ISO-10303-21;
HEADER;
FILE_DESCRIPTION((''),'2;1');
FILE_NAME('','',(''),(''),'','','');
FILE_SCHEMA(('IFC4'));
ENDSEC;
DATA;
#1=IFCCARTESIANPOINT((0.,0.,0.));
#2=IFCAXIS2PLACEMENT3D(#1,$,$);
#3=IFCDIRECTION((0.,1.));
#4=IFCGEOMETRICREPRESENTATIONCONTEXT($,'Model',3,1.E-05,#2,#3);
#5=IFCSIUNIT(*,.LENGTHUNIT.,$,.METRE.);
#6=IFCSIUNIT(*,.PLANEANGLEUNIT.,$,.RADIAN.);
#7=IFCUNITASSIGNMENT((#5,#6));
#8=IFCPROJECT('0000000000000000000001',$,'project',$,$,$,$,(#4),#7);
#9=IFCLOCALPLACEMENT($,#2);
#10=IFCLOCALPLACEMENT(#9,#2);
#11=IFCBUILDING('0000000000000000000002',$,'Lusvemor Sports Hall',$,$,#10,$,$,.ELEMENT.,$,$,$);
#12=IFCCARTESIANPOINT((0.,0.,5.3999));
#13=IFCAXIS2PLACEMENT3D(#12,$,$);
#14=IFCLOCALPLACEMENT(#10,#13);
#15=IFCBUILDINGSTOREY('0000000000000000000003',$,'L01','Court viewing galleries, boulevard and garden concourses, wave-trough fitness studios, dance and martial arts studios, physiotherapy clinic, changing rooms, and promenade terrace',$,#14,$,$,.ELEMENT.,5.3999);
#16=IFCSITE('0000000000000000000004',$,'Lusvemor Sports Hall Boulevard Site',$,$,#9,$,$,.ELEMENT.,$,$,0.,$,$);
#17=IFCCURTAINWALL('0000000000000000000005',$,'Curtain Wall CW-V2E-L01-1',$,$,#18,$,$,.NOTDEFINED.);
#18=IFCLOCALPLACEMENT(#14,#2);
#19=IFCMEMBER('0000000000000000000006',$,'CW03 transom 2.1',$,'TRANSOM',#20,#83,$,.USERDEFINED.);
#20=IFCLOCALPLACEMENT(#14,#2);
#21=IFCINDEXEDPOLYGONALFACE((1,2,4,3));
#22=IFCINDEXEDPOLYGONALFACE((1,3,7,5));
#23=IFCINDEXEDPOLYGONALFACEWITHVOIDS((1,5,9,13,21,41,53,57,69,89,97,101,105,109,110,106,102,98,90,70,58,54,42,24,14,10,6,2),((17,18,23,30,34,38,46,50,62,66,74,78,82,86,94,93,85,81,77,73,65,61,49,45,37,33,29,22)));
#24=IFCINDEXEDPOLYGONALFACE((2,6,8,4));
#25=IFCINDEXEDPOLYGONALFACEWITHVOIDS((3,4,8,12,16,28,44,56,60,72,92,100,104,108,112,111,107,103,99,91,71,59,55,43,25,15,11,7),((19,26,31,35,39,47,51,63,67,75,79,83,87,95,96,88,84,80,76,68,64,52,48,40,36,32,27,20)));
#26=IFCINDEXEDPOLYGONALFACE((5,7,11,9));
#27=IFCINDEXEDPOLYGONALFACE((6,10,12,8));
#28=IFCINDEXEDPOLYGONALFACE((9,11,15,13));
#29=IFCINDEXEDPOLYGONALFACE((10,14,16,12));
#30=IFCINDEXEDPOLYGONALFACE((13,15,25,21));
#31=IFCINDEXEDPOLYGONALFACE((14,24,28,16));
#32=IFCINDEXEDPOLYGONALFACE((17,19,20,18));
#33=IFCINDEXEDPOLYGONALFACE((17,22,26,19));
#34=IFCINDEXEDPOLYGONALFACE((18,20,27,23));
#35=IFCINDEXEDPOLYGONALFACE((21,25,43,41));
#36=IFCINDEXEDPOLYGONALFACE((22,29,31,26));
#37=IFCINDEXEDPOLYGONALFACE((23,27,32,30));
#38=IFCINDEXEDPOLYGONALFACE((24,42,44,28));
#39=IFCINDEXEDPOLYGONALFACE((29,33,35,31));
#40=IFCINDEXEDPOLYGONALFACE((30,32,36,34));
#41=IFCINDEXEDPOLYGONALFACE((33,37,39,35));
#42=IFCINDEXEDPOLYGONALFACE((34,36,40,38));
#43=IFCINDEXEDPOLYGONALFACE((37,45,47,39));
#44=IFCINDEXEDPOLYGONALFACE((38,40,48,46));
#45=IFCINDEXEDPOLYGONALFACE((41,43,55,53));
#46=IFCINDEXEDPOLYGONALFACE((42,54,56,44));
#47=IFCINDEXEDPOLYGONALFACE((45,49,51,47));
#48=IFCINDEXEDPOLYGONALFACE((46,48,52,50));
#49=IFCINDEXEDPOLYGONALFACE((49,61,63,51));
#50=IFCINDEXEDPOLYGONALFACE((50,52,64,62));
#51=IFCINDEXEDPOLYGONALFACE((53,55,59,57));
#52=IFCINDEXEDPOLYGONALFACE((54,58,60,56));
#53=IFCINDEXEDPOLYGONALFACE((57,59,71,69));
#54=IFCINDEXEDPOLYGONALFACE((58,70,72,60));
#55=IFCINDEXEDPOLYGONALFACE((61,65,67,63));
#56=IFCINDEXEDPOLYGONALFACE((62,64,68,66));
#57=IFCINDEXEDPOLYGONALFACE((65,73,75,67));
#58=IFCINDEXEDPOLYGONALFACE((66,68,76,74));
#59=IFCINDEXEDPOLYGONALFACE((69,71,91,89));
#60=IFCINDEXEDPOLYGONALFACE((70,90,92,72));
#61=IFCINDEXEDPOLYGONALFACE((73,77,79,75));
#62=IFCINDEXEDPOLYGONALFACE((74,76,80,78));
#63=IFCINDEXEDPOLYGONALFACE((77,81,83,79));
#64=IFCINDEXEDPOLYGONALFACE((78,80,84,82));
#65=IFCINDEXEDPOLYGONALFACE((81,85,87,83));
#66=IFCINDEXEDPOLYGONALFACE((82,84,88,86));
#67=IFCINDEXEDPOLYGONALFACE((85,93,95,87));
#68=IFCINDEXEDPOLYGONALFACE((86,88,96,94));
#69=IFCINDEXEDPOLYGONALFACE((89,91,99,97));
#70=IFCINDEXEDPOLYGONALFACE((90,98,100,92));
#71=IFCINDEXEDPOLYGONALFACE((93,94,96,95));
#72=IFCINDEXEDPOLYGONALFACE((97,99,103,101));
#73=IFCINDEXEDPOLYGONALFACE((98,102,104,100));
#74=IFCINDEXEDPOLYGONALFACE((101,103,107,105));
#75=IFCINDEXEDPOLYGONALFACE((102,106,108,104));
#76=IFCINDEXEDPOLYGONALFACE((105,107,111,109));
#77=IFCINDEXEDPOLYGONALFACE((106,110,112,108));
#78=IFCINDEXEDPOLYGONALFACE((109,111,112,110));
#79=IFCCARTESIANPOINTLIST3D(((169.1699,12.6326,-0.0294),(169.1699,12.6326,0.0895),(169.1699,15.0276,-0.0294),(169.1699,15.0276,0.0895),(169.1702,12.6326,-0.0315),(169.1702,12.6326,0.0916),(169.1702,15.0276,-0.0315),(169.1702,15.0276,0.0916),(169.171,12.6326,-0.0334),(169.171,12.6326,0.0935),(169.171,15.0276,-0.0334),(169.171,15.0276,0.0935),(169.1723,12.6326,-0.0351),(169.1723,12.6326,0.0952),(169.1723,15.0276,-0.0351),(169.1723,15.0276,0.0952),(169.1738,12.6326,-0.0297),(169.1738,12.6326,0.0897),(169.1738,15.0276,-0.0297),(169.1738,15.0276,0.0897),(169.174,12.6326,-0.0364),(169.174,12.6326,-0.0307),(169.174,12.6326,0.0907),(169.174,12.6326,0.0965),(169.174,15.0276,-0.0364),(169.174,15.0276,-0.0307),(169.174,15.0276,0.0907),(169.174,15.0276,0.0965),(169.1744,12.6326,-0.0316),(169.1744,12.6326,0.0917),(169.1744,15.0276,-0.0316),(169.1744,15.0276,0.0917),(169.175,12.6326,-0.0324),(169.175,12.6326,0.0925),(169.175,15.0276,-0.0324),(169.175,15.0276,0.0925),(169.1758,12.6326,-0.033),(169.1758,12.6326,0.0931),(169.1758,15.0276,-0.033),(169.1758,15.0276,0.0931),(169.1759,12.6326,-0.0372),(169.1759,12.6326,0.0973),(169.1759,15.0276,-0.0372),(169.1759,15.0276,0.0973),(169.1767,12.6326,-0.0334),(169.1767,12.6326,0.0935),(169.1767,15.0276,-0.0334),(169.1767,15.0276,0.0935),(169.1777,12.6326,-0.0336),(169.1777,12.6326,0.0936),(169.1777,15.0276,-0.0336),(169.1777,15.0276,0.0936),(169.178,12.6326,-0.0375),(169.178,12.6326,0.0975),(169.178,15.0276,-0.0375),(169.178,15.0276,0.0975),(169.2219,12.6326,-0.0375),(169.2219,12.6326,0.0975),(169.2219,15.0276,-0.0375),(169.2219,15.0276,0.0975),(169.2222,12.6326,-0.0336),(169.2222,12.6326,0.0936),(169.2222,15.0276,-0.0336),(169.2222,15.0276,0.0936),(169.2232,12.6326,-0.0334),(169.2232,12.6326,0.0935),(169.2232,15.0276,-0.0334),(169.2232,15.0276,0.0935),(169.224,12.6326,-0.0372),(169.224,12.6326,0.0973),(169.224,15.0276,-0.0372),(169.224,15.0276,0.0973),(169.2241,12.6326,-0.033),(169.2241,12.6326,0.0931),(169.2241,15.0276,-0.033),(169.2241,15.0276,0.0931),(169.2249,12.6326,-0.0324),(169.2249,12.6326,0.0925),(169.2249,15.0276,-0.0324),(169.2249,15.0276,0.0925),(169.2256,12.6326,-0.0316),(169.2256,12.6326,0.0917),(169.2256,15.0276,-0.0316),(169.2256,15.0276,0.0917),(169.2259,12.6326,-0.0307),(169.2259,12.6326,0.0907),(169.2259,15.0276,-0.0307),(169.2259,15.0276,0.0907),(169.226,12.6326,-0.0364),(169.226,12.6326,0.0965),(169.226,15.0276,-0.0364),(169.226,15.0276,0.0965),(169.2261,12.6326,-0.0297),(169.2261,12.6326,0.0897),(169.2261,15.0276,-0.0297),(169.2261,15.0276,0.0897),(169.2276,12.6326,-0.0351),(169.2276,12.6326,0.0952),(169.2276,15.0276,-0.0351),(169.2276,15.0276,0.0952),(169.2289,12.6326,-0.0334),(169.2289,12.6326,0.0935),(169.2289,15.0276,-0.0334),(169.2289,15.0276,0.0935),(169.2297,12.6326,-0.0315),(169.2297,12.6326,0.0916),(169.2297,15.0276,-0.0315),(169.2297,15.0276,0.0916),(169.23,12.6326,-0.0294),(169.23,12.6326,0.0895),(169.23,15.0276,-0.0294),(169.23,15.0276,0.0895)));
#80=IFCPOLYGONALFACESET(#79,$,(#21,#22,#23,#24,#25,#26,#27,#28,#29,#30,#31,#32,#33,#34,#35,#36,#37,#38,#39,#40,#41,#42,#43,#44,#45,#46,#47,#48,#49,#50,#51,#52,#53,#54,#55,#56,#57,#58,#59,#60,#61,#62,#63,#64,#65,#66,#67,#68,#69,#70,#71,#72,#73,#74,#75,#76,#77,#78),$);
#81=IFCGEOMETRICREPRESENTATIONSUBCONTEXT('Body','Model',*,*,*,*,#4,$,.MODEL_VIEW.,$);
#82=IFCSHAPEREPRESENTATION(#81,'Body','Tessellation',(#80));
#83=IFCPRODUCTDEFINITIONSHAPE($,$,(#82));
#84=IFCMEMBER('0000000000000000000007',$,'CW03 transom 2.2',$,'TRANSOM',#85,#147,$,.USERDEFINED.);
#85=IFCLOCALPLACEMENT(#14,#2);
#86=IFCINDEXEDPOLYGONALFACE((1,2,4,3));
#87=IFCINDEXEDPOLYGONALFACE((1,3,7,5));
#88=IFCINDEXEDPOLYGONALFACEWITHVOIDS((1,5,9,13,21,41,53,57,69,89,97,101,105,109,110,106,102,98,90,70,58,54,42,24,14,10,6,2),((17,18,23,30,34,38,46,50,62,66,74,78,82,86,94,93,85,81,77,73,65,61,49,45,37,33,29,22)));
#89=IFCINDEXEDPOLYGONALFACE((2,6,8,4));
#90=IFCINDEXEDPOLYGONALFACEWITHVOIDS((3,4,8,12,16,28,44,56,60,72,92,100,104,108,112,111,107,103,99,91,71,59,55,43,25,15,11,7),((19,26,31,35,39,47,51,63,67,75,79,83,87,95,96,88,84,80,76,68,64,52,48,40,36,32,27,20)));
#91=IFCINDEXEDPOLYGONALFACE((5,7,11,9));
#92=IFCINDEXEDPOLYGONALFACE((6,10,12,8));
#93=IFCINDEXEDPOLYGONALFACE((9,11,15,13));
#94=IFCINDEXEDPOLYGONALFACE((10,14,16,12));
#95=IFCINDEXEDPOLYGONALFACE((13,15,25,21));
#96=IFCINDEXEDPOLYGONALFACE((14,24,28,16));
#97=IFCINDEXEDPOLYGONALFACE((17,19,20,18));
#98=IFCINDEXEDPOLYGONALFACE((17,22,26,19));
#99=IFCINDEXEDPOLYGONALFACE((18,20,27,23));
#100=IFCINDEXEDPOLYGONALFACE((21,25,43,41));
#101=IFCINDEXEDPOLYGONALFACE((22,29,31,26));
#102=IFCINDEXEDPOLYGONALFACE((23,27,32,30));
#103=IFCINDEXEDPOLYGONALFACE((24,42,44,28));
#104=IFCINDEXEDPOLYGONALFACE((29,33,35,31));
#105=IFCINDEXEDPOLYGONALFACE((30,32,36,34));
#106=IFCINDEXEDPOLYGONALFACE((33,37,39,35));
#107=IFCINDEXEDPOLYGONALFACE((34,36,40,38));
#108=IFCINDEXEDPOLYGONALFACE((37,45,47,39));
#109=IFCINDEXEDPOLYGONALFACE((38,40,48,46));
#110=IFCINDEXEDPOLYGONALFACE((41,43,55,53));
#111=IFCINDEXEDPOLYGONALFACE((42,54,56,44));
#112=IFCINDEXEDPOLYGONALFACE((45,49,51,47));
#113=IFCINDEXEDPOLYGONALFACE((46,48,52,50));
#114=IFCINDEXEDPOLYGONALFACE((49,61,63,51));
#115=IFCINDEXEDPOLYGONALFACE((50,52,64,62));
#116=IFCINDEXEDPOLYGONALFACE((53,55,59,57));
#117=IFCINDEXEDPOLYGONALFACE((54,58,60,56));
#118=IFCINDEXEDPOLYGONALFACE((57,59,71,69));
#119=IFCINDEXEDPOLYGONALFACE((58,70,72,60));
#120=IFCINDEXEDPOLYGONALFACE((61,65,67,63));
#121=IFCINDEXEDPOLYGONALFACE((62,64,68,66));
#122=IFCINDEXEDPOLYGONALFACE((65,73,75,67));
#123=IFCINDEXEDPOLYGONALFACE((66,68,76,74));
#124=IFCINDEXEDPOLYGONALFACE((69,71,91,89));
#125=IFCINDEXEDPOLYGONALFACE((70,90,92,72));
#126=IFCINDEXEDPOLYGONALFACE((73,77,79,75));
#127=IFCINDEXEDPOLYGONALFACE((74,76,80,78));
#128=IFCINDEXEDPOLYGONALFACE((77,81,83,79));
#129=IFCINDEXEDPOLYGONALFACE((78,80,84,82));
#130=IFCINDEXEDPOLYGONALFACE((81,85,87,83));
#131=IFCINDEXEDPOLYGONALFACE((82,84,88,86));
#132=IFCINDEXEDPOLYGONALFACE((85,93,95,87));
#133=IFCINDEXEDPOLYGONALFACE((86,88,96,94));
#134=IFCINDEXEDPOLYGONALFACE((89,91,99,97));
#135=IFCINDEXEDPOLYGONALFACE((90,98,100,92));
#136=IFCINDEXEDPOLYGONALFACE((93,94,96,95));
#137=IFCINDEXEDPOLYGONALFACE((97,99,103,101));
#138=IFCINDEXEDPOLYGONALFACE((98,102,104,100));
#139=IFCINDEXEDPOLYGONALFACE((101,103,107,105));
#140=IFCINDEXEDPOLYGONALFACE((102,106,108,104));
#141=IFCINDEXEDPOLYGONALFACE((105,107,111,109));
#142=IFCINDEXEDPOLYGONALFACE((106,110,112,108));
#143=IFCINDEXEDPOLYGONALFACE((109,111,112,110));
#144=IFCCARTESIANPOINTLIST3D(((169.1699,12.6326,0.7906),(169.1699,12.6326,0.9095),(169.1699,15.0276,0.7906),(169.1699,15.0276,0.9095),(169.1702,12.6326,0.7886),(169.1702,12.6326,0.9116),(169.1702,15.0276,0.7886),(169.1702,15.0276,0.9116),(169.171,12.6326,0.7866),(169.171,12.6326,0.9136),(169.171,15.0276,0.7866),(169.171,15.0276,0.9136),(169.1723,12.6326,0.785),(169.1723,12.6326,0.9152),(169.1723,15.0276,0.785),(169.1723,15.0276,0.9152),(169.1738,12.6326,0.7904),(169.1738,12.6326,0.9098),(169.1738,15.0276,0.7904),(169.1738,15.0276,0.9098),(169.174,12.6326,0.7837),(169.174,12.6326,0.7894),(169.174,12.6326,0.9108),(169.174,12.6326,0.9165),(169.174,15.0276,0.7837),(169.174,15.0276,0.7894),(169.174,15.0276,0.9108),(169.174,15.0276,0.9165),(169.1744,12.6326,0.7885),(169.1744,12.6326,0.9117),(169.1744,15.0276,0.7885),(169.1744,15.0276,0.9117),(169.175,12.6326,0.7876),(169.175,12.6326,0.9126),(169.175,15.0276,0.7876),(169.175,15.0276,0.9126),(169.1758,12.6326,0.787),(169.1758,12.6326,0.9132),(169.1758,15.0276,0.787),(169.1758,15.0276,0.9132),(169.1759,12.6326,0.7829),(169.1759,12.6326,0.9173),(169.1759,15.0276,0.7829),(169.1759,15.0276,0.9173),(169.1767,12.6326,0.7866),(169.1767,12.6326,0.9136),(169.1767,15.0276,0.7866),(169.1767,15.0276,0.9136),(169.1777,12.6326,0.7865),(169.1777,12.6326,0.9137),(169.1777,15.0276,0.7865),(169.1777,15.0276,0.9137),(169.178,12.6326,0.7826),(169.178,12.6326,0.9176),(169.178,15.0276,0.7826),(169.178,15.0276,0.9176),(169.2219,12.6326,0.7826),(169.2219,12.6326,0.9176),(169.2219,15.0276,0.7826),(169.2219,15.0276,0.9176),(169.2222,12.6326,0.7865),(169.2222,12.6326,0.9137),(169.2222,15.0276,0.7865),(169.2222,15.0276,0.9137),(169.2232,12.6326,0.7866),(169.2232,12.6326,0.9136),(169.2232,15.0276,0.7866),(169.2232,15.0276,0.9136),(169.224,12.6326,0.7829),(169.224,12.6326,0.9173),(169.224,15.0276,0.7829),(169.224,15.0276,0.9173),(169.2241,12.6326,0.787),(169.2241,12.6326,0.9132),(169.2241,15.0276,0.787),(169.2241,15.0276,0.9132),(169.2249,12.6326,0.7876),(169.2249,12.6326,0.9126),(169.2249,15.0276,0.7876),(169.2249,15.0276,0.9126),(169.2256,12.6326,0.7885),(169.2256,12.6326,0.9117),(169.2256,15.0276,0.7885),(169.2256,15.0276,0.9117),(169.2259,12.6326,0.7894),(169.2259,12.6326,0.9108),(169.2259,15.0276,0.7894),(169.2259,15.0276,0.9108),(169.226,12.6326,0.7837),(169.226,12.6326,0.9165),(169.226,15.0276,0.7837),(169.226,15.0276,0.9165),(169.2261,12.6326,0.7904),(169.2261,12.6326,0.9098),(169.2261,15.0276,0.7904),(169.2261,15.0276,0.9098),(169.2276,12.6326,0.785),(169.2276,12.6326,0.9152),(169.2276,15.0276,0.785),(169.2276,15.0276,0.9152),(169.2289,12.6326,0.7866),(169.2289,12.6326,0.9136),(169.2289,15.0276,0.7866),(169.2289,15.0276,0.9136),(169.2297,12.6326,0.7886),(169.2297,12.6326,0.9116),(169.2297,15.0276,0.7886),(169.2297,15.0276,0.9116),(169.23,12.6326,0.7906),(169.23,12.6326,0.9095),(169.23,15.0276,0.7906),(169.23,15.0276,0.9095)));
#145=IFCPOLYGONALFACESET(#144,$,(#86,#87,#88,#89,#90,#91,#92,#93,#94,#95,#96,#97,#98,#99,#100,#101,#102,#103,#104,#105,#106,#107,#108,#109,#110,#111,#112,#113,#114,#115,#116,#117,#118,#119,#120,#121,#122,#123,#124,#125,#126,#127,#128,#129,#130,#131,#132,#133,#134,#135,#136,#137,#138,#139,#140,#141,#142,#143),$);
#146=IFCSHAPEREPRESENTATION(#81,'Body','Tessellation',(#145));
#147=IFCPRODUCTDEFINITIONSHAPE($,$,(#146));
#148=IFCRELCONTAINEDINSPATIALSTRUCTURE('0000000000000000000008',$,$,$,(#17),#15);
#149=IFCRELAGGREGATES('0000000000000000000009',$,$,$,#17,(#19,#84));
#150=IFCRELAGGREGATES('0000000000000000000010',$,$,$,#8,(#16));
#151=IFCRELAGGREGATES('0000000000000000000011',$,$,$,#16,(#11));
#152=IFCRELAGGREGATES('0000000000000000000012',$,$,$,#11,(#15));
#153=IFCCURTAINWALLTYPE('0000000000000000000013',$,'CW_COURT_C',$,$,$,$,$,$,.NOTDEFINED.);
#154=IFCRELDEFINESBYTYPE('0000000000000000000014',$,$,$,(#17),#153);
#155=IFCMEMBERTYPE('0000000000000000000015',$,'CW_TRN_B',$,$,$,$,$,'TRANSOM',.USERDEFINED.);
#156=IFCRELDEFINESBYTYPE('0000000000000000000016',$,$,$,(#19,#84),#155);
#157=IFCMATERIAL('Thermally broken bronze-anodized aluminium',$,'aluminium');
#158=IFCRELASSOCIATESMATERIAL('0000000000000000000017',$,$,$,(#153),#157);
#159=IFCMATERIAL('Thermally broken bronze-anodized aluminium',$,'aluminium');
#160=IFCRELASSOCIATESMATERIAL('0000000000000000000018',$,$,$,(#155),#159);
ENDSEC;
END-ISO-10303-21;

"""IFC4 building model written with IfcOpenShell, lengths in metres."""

from ifc_helpers import new_model, si_unit, direction, frame, origin, origin_2d, place, context, subcontext, project, spatial, hollow_rectangle, extrude, material, material_profile, profile_set, type_object, element, aggregate, save


model = new_model("IFC4")

# Units and contexts
model_context = context("Model", 3, precision=1e-05, world=origin(), true_north=direction((0.0, 1.0)))
body_context = subcontext(model_context, "Body", "Model", "MODEL_VIEW")
ifc_project = project(units=[si_unit("LENGTHUNIT", "METRE"), si_unit("PLANEANGLEUNIT", "RADIAN")], contexts=[model_context])

# Site, building, storey
site_placement = place(None, origin())
site = spatial("IfcSite", under=ifc_project, at=site_placement, Name="Lusvemor Sports Hall Boulevard Site", CompositionType="ELEMENT", RefElevation=0.0)
building_placement = place(site_placement, origin())
building = spatial("IfcBuilding", under=site, at=building_placement, Name="Lusvemor Sports Hall", CompositionType="ELEMENT")
storey_placement = place(building_placement, frame((0.0, 0.0, 5.3999)))
storey = spatial("IfcBuildingStorey", under=building, at=storey_placement, Name="L01", Description="Court viewing galleries, boulevard and garden concourses, wave-trough fitness studios, dance and martial arts studios, physiotherapy clinic, changing rooms, and promenade terrace", CompositionType="ELEMENT", Elevation=5.3999)

# Curtain wall
ifc_material_1 = material(Name="Thermally broken bronze-anodized aluminium", Category="aluminium")
curtain_wall_type = type_object("IfcCurtainWallType", Name="CW_COURT_C", PredefinedType="NOTDEFINED", material=ifc_material_1)
curtain_wall_1_placement = place(storey_placement, origin())
curtain_wall_1 = element("IfcCurtainWall", 1, at=curtain_wall_1_placement, inside=storey, type_object=curtain_wall_type, Name="Curtain Wall CW-V2E-L01-1", PredefinedType="NOTDEFINED")

# Members
ifc_material_2 = material(Name="Thermally broken bronze-anodized aluminium", Category="aluminium")
ifc_material_profile_1 = material_profile(ifc_material_2, hollow_rectangle(XDim=0.0601, YDim=0.135, WallThickness=0.0039, InnerFilletRadius=0.0039, OuterFilletRadius=0.0081, at=origin_2d()), Name="CWTRN135x60x4")
ifc_profile_set_1 = profile_set([ifc_material_profile_1], Name="Thermally broken bronze-anodized aluminium")
member_type_1 = type_object("IfcMemberType", Name="CW_TRN_B", ElementType="TRANSOM", PredefinedType="USERDEFINED", material=ifc_profile_set_1)
member_1_placement = place(storey_placement, frame((169.2, 15.0276, 0.03), z_axis=(0.0, -1.0, 0.0), x_axis=(1.0, 0.0, 0.0)))
member_1 = element("IfcMember", 2, at=member_1_placement, type_object=member_type_1, Name="CW03 transom 2.1", ObjectType="TRANSOM", PredefinedType="USERDEFINED", context=body_context, shape_type="SweptSolid", body=[
    extrude(hollow_rectangle(XDim=0.0601, YDim=0.135, WallThickness=0.0039, InnerFilletRadius=0.0039, OuterFilletRadius=0.0081, at=origin_2d()), origin(), (0.0, 0.0, 1.0), 2.395),
])
member_2_placement = place(storey_placement, frame((169.2, 15.0276, 0.8501), z_axis=(0.0, -1.0, 0.0), x_axis=(1.0, 0.0, 0.0)))
member_2 = element("IfcMember", 3, at=member_2_placement, type_object=member_type_1, Name="CW03 transom 2.2", ObjectType="TRANSOM", PredefinedType="USERDEFINED", context=body_context, shape_type="SweptSolid", body=[
    extrude(hollow_rectangle(XDim=0.0601, YDim=0.135, WallThickness=0.0039, InnerFilletRadius=0.0039, OuterFilletRadius=0.0081, at=origin_2d()), origin(), (0.0, 0.0, 1.0), 2.395),
])

aggregate(curtain_wall_1, [member_1, member_2])

save(model, "model.ifc")
